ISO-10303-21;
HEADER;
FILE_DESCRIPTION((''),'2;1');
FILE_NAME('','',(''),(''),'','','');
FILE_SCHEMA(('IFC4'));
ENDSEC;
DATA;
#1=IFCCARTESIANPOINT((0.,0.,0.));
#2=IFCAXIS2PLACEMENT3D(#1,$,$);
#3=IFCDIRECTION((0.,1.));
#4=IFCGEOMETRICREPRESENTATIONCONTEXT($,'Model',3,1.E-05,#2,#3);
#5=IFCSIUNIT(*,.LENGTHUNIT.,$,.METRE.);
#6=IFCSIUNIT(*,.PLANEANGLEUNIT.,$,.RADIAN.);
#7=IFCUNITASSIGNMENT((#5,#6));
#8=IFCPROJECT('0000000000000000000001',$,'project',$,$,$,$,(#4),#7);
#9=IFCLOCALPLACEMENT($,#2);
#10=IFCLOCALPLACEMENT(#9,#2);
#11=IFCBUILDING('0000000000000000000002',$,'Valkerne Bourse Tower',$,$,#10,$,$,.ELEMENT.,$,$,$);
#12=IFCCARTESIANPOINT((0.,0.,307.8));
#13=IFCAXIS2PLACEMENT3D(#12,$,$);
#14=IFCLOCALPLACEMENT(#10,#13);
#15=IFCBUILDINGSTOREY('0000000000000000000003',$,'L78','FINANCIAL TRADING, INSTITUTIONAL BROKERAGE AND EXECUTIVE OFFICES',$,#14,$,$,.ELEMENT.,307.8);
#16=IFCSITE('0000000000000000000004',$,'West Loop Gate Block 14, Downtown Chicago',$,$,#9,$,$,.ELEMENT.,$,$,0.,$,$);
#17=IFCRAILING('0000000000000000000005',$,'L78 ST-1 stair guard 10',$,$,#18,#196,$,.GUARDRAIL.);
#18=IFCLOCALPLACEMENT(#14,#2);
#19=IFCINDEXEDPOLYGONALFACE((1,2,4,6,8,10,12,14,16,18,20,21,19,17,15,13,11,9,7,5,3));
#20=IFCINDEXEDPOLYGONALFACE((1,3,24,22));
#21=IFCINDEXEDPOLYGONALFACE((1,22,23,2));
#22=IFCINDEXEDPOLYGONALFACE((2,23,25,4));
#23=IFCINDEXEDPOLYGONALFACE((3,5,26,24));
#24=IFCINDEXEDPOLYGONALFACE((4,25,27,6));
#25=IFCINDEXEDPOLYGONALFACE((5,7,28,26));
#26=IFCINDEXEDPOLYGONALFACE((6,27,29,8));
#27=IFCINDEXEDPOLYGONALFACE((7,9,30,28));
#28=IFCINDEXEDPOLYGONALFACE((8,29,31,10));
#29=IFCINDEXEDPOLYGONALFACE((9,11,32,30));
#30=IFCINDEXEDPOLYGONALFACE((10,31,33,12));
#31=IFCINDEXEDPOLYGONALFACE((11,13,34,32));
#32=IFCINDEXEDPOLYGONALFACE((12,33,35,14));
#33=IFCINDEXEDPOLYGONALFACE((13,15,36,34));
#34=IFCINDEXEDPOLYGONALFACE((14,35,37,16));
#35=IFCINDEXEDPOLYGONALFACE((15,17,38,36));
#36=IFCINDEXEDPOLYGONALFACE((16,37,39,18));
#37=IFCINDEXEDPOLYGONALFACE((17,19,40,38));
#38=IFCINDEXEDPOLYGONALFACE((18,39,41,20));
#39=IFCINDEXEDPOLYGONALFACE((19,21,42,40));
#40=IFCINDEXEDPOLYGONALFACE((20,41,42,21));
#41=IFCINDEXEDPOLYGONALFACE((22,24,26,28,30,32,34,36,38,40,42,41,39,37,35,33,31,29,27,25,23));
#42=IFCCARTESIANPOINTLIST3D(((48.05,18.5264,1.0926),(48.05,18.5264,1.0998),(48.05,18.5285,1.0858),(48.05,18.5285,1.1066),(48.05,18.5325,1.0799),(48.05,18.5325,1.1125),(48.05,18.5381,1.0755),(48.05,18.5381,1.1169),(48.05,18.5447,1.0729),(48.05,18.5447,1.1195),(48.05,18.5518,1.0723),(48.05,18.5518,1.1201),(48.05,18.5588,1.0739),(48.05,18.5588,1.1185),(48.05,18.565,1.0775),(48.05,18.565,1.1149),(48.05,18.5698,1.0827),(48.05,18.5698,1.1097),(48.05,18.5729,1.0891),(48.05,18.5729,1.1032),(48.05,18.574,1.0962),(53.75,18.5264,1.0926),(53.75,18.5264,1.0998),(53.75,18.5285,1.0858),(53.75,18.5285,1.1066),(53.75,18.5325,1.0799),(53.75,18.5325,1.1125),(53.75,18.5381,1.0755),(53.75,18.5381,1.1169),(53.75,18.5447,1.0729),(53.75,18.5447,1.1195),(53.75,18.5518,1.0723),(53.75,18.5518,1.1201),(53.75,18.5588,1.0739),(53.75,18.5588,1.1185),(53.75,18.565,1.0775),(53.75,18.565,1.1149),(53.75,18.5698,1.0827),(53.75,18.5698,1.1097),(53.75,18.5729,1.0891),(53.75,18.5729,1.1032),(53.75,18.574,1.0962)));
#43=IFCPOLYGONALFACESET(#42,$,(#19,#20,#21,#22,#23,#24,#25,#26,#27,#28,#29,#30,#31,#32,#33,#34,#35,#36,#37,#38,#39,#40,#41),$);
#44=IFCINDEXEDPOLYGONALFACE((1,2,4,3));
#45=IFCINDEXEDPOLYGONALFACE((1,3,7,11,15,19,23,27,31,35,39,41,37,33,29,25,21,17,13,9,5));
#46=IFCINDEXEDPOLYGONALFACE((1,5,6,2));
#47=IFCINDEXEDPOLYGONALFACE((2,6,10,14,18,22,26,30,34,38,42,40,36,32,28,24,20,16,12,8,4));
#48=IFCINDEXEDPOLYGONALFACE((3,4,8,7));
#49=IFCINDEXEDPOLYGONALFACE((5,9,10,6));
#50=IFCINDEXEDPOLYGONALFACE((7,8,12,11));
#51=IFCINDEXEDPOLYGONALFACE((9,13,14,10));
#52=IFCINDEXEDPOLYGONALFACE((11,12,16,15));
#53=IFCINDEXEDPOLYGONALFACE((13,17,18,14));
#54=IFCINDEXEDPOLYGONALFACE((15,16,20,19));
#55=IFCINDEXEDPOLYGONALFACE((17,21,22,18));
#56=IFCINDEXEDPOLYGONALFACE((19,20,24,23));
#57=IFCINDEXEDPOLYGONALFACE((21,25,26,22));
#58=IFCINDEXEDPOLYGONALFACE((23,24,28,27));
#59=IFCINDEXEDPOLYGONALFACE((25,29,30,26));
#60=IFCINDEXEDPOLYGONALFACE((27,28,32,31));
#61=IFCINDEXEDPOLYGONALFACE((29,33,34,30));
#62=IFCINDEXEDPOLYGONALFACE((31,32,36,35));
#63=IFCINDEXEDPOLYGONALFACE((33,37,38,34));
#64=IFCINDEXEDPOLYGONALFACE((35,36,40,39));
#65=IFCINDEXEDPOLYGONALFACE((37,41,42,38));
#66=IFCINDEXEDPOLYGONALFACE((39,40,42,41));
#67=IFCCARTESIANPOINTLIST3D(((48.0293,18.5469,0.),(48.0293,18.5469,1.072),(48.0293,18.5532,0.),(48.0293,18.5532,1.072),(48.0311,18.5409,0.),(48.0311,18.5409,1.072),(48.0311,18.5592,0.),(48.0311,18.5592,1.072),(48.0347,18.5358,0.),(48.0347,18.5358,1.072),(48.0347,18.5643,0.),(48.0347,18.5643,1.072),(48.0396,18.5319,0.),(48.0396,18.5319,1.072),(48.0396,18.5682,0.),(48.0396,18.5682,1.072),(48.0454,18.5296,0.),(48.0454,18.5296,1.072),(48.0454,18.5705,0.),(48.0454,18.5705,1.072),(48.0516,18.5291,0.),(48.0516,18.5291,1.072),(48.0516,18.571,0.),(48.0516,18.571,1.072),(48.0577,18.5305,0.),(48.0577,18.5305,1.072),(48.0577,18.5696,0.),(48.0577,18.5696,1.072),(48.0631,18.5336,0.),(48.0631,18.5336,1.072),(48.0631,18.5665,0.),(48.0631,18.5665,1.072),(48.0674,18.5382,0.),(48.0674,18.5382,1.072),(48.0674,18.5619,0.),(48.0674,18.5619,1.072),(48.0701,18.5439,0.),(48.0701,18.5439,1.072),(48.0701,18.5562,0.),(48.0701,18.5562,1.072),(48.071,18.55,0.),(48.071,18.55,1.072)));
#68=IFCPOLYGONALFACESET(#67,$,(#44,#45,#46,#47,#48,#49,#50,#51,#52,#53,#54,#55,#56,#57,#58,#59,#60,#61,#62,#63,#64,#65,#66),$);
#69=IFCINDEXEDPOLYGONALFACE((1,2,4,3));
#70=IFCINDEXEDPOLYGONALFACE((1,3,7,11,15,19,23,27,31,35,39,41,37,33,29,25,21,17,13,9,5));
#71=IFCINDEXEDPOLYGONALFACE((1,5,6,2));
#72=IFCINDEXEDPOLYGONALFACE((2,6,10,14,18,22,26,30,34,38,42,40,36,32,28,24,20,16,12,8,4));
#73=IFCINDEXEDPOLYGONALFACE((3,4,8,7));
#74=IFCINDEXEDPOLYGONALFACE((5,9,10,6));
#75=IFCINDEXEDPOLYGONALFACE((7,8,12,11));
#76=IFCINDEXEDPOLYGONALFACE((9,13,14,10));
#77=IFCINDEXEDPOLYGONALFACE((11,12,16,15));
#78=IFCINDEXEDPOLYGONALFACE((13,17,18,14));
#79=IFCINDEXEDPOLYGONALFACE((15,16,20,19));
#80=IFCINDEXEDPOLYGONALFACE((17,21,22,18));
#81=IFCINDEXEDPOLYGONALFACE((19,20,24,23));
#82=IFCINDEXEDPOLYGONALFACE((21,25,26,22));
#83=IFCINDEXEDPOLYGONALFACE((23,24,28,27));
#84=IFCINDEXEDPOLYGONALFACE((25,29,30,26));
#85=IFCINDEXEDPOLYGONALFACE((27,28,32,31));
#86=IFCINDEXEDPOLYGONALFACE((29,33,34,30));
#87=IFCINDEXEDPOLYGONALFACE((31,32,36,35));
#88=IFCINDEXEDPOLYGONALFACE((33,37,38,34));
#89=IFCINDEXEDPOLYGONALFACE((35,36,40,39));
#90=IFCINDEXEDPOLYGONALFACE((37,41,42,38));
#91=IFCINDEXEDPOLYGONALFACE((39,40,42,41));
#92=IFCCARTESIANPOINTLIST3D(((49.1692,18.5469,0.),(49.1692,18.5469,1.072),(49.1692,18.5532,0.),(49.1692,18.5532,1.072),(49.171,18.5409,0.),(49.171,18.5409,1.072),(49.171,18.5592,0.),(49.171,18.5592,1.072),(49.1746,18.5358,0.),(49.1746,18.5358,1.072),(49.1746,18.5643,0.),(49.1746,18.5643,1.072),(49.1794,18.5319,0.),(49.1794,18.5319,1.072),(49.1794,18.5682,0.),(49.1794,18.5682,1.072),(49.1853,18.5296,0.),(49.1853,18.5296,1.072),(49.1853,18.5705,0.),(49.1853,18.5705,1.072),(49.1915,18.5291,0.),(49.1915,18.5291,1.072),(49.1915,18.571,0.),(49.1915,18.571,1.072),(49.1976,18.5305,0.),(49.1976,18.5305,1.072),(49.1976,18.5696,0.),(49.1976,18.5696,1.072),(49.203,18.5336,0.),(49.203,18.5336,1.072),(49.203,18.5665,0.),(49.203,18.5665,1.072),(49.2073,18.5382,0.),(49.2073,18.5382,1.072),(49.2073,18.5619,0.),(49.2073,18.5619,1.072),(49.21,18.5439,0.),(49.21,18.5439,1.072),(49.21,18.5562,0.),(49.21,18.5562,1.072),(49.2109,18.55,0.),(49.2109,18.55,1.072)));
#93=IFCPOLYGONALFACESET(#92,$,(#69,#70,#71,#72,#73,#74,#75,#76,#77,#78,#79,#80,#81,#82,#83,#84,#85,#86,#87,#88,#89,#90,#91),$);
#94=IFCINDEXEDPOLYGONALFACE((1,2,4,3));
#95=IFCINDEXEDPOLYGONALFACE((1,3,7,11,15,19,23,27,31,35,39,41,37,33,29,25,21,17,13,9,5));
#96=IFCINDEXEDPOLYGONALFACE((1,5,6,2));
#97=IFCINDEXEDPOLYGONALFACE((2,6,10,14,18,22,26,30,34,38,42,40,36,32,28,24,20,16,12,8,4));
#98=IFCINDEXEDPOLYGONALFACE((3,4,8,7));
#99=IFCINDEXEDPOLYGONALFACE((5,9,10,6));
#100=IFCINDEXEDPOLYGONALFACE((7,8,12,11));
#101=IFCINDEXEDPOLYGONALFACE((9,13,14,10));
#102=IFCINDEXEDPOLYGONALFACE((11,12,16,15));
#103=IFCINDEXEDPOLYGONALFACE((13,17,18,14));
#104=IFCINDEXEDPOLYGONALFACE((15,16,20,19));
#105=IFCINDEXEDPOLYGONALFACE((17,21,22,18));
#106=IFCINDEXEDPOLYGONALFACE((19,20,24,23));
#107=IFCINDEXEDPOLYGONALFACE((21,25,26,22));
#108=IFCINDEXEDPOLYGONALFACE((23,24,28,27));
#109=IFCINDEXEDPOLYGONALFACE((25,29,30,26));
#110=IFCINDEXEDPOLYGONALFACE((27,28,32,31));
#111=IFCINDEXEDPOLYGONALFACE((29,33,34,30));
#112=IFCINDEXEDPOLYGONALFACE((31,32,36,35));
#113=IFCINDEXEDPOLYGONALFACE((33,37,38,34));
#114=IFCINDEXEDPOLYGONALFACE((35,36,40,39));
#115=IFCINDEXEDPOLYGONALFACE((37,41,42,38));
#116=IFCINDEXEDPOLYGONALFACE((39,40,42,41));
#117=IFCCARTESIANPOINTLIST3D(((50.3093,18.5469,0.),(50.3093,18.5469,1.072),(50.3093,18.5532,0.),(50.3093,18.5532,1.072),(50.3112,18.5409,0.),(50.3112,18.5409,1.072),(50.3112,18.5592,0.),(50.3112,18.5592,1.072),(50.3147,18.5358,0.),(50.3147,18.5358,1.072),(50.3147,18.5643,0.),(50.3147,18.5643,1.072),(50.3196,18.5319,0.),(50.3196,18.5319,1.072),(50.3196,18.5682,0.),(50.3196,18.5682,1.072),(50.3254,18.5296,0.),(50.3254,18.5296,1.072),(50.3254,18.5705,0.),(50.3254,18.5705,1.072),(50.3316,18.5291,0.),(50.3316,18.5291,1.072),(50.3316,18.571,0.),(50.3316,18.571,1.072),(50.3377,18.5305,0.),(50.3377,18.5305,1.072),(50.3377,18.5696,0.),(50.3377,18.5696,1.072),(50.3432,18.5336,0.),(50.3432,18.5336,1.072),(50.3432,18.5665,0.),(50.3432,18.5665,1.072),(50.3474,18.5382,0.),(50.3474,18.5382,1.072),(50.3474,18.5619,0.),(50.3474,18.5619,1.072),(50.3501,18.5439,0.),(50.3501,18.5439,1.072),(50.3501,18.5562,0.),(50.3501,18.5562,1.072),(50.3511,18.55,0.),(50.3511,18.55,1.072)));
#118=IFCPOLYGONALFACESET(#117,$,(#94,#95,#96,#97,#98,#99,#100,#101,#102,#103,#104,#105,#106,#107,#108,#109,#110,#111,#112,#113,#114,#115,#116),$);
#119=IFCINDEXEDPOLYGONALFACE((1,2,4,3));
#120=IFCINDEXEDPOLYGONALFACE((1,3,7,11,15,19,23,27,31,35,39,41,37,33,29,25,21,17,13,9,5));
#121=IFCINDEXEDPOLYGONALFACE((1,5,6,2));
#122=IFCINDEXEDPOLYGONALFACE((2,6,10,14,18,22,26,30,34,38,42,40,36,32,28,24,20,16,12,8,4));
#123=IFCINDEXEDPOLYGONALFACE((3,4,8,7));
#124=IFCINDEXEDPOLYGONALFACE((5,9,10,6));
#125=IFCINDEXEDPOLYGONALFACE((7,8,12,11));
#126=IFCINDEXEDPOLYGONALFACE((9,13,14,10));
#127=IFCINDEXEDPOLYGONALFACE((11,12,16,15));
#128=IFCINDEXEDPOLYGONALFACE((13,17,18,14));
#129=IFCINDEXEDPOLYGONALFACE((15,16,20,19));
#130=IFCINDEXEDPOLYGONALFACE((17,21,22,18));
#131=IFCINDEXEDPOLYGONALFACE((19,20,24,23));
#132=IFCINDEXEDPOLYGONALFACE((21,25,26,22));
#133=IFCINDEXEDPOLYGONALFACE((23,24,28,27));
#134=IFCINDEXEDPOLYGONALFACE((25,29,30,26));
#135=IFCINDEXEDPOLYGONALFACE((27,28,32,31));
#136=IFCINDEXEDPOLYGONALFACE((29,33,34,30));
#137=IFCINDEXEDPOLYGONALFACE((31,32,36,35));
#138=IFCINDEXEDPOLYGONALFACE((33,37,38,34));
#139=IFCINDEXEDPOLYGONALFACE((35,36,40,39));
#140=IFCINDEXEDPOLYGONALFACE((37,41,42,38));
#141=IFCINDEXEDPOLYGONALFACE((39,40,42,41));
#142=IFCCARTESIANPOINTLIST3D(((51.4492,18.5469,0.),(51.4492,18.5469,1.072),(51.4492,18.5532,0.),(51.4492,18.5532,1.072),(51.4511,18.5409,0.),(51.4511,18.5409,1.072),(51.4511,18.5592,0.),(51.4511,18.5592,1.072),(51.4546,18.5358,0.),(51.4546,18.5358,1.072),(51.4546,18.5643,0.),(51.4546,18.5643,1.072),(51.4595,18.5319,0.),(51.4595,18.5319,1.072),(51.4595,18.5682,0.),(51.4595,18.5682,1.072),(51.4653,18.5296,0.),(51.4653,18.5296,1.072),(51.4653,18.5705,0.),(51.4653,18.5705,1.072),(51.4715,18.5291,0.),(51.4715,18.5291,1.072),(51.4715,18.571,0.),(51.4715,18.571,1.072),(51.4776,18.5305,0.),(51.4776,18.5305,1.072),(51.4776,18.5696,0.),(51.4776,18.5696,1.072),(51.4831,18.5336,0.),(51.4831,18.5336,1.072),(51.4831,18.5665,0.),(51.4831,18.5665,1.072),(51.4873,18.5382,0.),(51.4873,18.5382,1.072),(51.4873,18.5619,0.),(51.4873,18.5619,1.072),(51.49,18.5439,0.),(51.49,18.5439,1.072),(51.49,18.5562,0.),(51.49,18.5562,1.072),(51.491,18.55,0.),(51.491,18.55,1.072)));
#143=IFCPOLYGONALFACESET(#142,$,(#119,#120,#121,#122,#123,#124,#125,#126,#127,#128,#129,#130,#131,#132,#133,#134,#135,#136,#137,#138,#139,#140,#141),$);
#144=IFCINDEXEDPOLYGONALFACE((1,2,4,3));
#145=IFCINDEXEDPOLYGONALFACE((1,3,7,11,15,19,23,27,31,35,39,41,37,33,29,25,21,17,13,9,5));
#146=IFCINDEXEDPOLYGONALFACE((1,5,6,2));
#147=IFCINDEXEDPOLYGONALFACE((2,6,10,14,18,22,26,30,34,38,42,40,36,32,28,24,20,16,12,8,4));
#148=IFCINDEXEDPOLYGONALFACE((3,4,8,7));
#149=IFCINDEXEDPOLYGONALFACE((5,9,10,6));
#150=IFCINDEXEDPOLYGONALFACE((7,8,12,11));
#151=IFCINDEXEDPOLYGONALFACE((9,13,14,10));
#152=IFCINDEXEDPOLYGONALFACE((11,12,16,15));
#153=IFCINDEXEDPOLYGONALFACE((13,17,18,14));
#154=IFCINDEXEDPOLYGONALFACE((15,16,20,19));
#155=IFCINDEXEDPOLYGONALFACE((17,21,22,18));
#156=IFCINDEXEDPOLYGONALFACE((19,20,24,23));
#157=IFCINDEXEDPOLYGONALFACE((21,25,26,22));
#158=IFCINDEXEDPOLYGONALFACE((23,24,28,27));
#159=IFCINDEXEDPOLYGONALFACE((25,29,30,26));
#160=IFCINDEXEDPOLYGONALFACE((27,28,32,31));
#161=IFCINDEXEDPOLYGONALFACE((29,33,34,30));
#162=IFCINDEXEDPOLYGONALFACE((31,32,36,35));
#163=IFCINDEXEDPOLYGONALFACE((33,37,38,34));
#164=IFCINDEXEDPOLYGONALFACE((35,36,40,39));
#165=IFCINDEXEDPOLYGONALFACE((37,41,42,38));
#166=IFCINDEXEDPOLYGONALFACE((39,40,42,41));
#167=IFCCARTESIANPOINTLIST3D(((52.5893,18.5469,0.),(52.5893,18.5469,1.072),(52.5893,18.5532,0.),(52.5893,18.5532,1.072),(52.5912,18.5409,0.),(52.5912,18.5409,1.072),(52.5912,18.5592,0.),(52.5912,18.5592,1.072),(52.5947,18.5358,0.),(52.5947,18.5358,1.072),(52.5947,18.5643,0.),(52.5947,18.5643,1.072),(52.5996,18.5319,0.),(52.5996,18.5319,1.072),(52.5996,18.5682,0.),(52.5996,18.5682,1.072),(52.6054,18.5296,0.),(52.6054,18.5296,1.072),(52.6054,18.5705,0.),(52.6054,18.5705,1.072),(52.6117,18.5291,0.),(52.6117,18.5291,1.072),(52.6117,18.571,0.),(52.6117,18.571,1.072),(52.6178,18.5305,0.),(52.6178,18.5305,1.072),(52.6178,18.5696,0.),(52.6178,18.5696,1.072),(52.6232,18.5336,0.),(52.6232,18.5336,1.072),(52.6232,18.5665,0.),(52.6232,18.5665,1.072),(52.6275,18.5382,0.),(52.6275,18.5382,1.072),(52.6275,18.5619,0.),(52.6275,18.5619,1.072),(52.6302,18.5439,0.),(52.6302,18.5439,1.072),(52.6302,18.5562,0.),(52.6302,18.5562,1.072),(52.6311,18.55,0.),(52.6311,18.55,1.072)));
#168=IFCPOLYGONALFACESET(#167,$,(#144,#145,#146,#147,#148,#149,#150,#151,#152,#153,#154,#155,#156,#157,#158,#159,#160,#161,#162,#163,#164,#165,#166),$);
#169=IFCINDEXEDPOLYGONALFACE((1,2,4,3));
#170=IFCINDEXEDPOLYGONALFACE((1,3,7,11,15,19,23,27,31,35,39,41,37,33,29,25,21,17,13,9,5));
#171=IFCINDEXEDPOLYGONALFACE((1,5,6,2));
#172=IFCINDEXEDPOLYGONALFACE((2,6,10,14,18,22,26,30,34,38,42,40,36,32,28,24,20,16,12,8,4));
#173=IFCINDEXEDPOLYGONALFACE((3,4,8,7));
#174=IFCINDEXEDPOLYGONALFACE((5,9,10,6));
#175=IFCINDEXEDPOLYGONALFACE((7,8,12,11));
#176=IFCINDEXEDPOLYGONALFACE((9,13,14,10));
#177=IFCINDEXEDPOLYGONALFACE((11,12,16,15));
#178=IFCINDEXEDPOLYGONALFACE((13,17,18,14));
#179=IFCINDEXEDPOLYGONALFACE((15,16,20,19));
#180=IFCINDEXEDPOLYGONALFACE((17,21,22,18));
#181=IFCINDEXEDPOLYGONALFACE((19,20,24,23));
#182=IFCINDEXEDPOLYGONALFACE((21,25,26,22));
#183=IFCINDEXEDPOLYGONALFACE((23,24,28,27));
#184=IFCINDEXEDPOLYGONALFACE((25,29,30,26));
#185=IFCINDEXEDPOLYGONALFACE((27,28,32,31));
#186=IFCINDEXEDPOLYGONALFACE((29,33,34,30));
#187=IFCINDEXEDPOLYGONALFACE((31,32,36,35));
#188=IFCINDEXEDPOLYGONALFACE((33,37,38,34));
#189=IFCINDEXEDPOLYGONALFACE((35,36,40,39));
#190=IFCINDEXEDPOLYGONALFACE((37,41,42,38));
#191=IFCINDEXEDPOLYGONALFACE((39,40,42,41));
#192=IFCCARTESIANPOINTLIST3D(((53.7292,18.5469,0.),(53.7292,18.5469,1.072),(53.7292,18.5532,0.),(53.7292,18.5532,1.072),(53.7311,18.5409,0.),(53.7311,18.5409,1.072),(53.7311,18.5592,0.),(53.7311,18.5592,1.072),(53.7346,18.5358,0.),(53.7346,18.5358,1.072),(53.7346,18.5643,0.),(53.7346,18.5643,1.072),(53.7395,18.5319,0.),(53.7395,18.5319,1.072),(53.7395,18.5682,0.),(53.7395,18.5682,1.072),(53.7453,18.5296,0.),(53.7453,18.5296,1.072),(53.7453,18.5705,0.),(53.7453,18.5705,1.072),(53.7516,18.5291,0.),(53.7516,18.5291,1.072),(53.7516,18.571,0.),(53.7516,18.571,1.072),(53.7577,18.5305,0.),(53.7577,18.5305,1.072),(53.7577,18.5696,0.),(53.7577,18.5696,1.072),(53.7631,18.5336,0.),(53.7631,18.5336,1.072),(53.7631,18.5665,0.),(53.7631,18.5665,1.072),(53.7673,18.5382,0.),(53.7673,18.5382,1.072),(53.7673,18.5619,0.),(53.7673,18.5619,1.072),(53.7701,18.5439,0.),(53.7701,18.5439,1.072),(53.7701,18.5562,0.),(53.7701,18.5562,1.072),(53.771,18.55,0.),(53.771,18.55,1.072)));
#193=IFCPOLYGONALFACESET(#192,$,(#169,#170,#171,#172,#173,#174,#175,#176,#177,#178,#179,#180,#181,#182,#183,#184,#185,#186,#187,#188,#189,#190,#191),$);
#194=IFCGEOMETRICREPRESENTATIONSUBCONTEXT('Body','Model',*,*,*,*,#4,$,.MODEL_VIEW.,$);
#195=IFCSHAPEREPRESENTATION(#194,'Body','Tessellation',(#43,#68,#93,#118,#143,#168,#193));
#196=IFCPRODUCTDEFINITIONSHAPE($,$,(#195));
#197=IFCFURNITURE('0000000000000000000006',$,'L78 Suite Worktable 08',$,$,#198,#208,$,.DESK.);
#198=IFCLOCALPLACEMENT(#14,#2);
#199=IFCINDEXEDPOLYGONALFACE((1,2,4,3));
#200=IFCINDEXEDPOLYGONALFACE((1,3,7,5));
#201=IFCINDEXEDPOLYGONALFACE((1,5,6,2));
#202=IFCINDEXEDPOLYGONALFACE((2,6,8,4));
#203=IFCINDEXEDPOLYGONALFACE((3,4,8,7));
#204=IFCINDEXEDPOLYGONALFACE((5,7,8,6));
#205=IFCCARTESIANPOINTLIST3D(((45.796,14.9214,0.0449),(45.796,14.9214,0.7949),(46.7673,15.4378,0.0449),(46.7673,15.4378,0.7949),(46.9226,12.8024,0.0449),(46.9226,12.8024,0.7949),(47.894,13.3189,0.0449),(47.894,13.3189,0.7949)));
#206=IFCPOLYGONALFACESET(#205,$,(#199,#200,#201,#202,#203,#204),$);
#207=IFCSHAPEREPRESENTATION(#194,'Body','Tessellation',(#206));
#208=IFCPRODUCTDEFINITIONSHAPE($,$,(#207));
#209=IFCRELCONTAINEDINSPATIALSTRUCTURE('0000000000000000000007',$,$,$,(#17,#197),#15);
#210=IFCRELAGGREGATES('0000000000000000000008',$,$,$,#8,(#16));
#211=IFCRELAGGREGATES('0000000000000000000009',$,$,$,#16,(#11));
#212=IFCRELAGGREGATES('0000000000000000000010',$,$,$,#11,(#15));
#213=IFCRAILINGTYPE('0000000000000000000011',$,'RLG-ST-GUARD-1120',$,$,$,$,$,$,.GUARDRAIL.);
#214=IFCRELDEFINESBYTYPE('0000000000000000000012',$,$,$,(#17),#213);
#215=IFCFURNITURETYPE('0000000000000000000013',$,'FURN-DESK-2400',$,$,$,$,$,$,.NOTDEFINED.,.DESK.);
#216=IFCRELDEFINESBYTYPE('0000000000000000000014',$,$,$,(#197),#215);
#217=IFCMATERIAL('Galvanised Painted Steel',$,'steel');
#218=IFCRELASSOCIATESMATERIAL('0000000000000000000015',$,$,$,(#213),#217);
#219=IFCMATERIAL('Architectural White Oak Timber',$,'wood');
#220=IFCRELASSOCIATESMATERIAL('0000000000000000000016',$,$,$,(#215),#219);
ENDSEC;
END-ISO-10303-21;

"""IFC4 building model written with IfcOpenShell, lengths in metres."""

from ifc_helpers import new_model, si_unit, direction, frame, origin, origin_2d, place, context, subcontext, project, spatial, rectangle, circle, extrude, material, type_object, element, save


model = new_model("IFC4")

# Units and contexts
model_context = context("Model", 3, precision=1e-05, world=origin(), true_north=direction((0.0, 1.0)))
body_context = subcontext(model_context, "Body", "Model", "MODEL_VIEW")
ifc_project = project(units=[si_unit("LENGTHUNIT", "METRE"), si_unit("PLANEANGLEUNIT", "RADIAN")], contexts=[model_context])

# Site, building, storey
site_placement = place(None, origin())
site = spatial("IfcSite", under=ifc_project, at=site_placement, Name="West Loop Gate Block 14, Downtown Chicago", CompositionType="ELEMENT", RefElevation=0.0)
building_placement = place(site_placement, origin())
building = spatial("IfcBuilding", under=site, at=building_placement, Name="Valkerne Bourse Tower", CompositionType="ELEMENT")
storey_placement = place(building_placement, frame((0.0, 0.0, 307.8)))
storey = spatial("IfcBuildingStorey", under=building, at=storey_placement, Name="L78", Description="FINANCIAL TRADING, INSTITUTIONAL BROKERAGE AND EXECUTIVE OFFICES", CompositionType="ELEMENT", Elevation=307.8)

# Railing
ifc_material_1 = material(Name="Galvanised Painted Steel", Category="steel")
railing_type = type_object("IfcRailingType", Name="RLG-ST-GUARD-1120", PredefinedType="GUARDRAIL", material=ifc_material_1)
railing_placement = place(storey_placement, frame((48.05, 18.55, 0.0)))
element("IfcRailing", 1, at=railing_placement, inside=storey, type_object=railing_type, Name="L78 ST-1 stair guard 10", PredefinedType="GUARDRAIL", context=body_context, shape_type="SweptSolid", body=[
    extrude(circle(Radius=0.0239, at=origin_2d()), frame((0.0, 0.0, 1.0962), z_axis=(1.0, 0.0, 0.0), x_axis=(0.0, 1.0, 0.0)), (0.0, 0.0, 1.0), 5.7),
    extrude(circle(Radius=0.021, at=origin_2d()), origin(), (0.0, 0.0, 1.0), 1.072),
    extrude(circle(Radius=0.021, at=origin_2d()), frame((1.1399, 0.0, 0.0)), (0.0, 0.0, 1.0), 1.072),
    extrude(circle(Radius=0.021, at=origin_2d()), frame((2.28, 0.0, 0.0)), (0.0, 0.0, 1.0), 1.072),
    extrude(circle(Radius=0.021, at=origin_2d()), frame((3.4199, 0.0, 0.0)), (0.0, 0.0, 1.0), 1.072),
    extrude(circle(Radius=0.021, at=origin_2d()), frame((4.5601, 0.0, 0.0)), (0.0, 0.0, 1.0), 1.072),
    extrude(circle(Radius=0.021, at=origin_2d()), frame((5.7, 0.0, 0.0)), (0.0, 0.0, 1.0), 1.072),
])

# Furniture
ifc_material_2 = material(Name="Architectural White Oak Timber", Category="wood")
furniture_type = type_object("IfcFurnitureType", Name="FURN-DESK-2400", AssemblyPlace="NOTDEFINED", PredefinedType="DESK", material=ifc_material_2)
furniture_placement = place(storey_placement, frame((46.845, 14.1201, 0.0449), z_axis=(0.0, 0.0, 1.0), x_axis=(-0.469472, 0.882948, 0.0)))
element("IfcFurniture", 2, at=furniture_placement, inside=storey, type_object=furniture_type, Name="L78 Suite Worktable 08", PredefinedType="DESK", context=body_context, shape_type="SweptSolid", body=[
    extrude(rectangle(XDim=2.3999, YDim=1.1001, at=origin_2d()), origin(), (0.0, 0.0, 1.0), 0.75),
])

save(model, "model.ifc")
